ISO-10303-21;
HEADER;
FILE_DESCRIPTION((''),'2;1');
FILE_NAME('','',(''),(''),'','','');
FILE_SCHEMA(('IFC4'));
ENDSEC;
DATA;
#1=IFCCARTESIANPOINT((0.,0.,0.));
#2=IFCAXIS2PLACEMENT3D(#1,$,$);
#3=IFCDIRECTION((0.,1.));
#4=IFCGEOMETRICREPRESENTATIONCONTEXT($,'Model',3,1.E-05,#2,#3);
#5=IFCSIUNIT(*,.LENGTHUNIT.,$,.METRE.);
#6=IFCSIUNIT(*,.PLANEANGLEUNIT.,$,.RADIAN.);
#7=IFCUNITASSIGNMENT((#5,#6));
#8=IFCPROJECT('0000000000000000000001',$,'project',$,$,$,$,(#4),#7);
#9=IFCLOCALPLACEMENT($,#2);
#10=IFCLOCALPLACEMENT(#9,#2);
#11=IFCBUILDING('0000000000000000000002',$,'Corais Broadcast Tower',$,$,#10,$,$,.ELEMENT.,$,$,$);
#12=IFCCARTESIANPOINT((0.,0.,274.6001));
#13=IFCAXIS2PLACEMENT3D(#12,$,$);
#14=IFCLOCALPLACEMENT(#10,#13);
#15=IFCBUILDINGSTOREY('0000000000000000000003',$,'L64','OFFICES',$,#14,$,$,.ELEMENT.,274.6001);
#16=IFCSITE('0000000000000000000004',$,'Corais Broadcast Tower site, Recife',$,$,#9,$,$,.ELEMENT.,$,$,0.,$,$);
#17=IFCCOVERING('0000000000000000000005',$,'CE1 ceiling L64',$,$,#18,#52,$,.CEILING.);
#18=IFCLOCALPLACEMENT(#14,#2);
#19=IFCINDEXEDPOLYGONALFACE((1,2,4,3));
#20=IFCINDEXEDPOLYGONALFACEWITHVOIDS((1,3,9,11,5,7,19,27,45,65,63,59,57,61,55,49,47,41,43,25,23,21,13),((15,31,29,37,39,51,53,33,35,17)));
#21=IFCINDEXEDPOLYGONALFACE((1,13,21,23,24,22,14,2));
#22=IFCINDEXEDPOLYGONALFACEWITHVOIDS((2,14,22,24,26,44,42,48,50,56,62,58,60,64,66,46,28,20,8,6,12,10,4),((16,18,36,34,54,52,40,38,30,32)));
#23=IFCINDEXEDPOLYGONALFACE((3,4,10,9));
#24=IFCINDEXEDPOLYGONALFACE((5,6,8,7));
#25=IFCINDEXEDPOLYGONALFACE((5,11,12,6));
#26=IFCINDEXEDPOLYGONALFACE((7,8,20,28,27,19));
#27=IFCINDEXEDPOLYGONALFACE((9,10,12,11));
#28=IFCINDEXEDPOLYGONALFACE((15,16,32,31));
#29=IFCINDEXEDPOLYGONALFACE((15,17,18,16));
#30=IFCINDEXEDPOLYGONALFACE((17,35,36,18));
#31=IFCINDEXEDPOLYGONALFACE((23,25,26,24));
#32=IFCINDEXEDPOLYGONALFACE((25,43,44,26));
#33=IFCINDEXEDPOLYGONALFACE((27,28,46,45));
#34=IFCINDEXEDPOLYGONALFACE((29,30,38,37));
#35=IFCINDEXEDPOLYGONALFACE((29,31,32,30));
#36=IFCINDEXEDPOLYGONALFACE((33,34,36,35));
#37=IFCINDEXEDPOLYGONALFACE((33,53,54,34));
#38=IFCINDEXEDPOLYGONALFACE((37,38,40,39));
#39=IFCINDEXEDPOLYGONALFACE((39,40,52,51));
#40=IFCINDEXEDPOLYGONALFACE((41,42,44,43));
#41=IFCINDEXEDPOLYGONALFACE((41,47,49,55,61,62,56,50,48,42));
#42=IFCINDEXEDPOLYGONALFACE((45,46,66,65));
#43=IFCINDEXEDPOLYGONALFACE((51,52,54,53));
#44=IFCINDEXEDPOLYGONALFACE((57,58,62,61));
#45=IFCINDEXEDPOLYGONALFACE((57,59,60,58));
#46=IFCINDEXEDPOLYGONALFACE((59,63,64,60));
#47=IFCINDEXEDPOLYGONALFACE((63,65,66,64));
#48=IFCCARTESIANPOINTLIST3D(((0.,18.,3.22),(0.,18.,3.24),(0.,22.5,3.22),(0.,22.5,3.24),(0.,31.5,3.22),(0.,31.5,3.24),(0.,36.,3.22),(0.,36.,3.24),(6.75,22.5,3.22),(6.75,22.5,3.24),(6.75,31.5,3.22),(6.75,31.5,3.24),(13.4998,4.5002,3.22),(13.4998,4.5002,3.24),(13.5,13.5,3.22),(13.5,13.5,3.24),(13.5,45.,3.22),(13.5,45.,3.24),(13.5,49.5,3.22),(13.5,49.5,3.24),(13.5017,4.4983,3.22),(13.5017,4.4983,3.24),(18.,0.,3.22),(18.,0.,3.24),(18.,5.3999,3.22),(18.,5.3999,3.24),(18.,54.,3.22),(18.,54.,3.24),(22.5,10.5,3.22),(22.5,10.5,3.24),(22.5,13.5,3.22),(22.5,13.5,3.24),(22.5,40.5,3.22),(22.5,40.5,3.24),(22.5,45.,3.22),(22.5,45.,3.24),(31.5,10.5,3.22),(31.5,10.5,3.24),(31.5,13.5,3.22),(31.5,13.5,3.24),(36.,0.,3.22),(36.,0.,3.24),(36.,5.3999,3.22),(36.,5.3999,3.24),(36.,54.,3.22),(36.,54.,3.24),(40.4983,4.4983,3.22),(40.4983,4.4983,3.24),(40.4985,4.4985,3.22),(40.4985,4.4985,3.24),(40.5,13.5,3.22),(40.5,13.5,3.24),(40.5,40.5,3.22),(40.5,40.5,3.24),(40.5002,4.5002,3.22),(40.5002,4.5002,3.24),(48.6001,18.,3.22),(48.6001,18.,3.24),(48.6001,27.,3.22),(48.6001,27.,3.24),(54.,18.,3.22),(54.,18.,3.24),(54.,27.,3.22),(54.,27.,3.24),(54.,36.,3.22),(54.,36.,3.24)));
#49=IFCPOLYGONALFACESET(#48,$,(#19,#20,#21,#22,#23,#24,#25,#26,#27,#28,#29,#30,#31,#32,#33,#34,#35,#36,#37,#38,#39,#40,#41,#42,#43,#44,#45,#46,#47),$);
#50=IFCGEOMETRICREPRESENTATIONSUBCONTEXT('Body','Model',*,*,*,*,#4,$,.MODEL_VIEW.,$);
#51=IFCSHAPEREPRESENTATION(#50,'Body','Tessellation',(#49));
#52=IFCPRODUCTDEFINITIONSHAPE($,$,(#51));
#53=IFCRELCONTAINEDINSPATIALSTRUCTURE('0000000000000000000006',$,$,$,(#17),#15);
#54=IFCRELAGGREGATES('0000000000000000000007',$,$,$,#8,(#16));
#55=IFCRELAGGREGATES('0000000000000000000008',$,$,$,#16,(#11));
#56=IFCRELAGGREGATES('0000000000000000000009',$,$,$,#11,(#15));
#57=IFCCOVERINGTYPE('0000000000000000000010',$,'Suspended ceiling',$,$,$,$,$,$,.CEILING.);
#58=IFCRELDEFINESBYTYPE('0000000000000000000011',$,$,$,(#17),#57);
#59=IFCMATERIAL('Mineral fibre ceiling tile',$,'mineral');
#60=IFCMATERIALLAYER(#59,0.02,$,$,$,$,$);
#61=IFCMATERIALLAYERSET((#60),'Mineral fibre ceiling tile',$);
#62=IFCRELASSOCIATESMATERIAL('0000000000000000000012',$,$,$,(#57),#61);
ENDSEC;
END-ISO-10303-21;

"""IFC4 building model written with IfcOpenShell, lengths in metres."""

from ifc_helpers import new_model, si_unit, direction, frame, origin, place, context, subcontext, project, spatial, polyline, outline, extrude, material, layer, layer_set, type_object, element, save


model = new_model("IFC4")

# Units and contexts
model_context = context("Model", 3, precision=1e-05, world=origin(), true_north=direction((0.0, 1.0)))
body_context = subcontext(model_context, "Body", "Model", "MODEL_VIEW")
ifc_project = project(units=[si_unit("LENGTHUNIT", "METRE"), si_unit("PLANEANGLEUNIT", "RADIAN")], contexts=[model_context])

# Site, building, storey
site_placement = place(None, origin())
site = spatial("IfcSite", under=ifc_project, at=site_placement, Name="Corais Broadcast Tower site, Recife", CompositionType="ELEMENT", RefElevation=0.0)
building_placement = place(site_placement, origin())
building = spatial("IfcBuilding", under=site, at=building_placement, Name="Corais Broadcast Tower", CompositionType="ELEMENT")
storey_placement = place(building_placement, frame((0.0, 0.0, 274.6001)))
storey = spatial("IfcBuildingStorey", under=building, at=storey_placement, Name="L64", Description="OFFICES", CompositionType="ELEMENT", Elevation=274.6001)

# Covering
ifc_material_1 = material(Name="Mineral fibre ceiling tile", Category="mineral")
ifc_layer_1 = layer(ifc_material_1, 0.02)
ifc_layer_set_1 = layer_set([ifc_layer_1], Name="Mineral fibre ceiling tile")
covering_type_1 = type_object("IfcCoveringType", Name="Suspended ceiling", PredefinedType="CEILING", material=ifc_layer_set_1)
covering_1_placement = place(storey_placement, frame((0.0, 0.0, 3.22)))
element("IfcCovering", 1, at=covering_1_placement, inside=storey, type_object=covering_type_1, Name="CE1 ceiling L64", PredefinedType="CEILING", context=body_context, shape_type="SweptSolid", body=[
    extrude(outline(polyline([(13.5, 49.5), (13.5, 49.5), (18.0, 54.0), (36.0, 54.0), (54.0, 36.0), (54.0, 27.0), (48.6001, 27.0), (48.6001, 18.0), (54.0, 18.0), (40.5002, 4.5002), (40.4985, 4.4985), (40.4983, 4.4983), (36.0, 0.0), (36.0, 5.3999), (18.0, 5.3999), (18.0, 0.0), (13.5017, 4.4983), (13.4998, 4.5002), (0.0, 18.0), (0.0, 22.5), (6.75, 22.5), (6.75, 31.5), (0.0, 31.5), (0.0, 36.0), (13.5, 49.5)]), holes=[polyline([(22.5, 40.5), (22.5, 45.0), (13.5, 45.0), (13.5, 13.5), (22.5, 13.5), (22.5, 10.5), (31.5, 10.5), (31.5, 13.5), (40.5, 13.5), (40.5, 40.5), (22.5, 40.5)])]), origin(), (0.0, 0.0, 1.0), 0.02),
])

save(model, "model.ifc")
